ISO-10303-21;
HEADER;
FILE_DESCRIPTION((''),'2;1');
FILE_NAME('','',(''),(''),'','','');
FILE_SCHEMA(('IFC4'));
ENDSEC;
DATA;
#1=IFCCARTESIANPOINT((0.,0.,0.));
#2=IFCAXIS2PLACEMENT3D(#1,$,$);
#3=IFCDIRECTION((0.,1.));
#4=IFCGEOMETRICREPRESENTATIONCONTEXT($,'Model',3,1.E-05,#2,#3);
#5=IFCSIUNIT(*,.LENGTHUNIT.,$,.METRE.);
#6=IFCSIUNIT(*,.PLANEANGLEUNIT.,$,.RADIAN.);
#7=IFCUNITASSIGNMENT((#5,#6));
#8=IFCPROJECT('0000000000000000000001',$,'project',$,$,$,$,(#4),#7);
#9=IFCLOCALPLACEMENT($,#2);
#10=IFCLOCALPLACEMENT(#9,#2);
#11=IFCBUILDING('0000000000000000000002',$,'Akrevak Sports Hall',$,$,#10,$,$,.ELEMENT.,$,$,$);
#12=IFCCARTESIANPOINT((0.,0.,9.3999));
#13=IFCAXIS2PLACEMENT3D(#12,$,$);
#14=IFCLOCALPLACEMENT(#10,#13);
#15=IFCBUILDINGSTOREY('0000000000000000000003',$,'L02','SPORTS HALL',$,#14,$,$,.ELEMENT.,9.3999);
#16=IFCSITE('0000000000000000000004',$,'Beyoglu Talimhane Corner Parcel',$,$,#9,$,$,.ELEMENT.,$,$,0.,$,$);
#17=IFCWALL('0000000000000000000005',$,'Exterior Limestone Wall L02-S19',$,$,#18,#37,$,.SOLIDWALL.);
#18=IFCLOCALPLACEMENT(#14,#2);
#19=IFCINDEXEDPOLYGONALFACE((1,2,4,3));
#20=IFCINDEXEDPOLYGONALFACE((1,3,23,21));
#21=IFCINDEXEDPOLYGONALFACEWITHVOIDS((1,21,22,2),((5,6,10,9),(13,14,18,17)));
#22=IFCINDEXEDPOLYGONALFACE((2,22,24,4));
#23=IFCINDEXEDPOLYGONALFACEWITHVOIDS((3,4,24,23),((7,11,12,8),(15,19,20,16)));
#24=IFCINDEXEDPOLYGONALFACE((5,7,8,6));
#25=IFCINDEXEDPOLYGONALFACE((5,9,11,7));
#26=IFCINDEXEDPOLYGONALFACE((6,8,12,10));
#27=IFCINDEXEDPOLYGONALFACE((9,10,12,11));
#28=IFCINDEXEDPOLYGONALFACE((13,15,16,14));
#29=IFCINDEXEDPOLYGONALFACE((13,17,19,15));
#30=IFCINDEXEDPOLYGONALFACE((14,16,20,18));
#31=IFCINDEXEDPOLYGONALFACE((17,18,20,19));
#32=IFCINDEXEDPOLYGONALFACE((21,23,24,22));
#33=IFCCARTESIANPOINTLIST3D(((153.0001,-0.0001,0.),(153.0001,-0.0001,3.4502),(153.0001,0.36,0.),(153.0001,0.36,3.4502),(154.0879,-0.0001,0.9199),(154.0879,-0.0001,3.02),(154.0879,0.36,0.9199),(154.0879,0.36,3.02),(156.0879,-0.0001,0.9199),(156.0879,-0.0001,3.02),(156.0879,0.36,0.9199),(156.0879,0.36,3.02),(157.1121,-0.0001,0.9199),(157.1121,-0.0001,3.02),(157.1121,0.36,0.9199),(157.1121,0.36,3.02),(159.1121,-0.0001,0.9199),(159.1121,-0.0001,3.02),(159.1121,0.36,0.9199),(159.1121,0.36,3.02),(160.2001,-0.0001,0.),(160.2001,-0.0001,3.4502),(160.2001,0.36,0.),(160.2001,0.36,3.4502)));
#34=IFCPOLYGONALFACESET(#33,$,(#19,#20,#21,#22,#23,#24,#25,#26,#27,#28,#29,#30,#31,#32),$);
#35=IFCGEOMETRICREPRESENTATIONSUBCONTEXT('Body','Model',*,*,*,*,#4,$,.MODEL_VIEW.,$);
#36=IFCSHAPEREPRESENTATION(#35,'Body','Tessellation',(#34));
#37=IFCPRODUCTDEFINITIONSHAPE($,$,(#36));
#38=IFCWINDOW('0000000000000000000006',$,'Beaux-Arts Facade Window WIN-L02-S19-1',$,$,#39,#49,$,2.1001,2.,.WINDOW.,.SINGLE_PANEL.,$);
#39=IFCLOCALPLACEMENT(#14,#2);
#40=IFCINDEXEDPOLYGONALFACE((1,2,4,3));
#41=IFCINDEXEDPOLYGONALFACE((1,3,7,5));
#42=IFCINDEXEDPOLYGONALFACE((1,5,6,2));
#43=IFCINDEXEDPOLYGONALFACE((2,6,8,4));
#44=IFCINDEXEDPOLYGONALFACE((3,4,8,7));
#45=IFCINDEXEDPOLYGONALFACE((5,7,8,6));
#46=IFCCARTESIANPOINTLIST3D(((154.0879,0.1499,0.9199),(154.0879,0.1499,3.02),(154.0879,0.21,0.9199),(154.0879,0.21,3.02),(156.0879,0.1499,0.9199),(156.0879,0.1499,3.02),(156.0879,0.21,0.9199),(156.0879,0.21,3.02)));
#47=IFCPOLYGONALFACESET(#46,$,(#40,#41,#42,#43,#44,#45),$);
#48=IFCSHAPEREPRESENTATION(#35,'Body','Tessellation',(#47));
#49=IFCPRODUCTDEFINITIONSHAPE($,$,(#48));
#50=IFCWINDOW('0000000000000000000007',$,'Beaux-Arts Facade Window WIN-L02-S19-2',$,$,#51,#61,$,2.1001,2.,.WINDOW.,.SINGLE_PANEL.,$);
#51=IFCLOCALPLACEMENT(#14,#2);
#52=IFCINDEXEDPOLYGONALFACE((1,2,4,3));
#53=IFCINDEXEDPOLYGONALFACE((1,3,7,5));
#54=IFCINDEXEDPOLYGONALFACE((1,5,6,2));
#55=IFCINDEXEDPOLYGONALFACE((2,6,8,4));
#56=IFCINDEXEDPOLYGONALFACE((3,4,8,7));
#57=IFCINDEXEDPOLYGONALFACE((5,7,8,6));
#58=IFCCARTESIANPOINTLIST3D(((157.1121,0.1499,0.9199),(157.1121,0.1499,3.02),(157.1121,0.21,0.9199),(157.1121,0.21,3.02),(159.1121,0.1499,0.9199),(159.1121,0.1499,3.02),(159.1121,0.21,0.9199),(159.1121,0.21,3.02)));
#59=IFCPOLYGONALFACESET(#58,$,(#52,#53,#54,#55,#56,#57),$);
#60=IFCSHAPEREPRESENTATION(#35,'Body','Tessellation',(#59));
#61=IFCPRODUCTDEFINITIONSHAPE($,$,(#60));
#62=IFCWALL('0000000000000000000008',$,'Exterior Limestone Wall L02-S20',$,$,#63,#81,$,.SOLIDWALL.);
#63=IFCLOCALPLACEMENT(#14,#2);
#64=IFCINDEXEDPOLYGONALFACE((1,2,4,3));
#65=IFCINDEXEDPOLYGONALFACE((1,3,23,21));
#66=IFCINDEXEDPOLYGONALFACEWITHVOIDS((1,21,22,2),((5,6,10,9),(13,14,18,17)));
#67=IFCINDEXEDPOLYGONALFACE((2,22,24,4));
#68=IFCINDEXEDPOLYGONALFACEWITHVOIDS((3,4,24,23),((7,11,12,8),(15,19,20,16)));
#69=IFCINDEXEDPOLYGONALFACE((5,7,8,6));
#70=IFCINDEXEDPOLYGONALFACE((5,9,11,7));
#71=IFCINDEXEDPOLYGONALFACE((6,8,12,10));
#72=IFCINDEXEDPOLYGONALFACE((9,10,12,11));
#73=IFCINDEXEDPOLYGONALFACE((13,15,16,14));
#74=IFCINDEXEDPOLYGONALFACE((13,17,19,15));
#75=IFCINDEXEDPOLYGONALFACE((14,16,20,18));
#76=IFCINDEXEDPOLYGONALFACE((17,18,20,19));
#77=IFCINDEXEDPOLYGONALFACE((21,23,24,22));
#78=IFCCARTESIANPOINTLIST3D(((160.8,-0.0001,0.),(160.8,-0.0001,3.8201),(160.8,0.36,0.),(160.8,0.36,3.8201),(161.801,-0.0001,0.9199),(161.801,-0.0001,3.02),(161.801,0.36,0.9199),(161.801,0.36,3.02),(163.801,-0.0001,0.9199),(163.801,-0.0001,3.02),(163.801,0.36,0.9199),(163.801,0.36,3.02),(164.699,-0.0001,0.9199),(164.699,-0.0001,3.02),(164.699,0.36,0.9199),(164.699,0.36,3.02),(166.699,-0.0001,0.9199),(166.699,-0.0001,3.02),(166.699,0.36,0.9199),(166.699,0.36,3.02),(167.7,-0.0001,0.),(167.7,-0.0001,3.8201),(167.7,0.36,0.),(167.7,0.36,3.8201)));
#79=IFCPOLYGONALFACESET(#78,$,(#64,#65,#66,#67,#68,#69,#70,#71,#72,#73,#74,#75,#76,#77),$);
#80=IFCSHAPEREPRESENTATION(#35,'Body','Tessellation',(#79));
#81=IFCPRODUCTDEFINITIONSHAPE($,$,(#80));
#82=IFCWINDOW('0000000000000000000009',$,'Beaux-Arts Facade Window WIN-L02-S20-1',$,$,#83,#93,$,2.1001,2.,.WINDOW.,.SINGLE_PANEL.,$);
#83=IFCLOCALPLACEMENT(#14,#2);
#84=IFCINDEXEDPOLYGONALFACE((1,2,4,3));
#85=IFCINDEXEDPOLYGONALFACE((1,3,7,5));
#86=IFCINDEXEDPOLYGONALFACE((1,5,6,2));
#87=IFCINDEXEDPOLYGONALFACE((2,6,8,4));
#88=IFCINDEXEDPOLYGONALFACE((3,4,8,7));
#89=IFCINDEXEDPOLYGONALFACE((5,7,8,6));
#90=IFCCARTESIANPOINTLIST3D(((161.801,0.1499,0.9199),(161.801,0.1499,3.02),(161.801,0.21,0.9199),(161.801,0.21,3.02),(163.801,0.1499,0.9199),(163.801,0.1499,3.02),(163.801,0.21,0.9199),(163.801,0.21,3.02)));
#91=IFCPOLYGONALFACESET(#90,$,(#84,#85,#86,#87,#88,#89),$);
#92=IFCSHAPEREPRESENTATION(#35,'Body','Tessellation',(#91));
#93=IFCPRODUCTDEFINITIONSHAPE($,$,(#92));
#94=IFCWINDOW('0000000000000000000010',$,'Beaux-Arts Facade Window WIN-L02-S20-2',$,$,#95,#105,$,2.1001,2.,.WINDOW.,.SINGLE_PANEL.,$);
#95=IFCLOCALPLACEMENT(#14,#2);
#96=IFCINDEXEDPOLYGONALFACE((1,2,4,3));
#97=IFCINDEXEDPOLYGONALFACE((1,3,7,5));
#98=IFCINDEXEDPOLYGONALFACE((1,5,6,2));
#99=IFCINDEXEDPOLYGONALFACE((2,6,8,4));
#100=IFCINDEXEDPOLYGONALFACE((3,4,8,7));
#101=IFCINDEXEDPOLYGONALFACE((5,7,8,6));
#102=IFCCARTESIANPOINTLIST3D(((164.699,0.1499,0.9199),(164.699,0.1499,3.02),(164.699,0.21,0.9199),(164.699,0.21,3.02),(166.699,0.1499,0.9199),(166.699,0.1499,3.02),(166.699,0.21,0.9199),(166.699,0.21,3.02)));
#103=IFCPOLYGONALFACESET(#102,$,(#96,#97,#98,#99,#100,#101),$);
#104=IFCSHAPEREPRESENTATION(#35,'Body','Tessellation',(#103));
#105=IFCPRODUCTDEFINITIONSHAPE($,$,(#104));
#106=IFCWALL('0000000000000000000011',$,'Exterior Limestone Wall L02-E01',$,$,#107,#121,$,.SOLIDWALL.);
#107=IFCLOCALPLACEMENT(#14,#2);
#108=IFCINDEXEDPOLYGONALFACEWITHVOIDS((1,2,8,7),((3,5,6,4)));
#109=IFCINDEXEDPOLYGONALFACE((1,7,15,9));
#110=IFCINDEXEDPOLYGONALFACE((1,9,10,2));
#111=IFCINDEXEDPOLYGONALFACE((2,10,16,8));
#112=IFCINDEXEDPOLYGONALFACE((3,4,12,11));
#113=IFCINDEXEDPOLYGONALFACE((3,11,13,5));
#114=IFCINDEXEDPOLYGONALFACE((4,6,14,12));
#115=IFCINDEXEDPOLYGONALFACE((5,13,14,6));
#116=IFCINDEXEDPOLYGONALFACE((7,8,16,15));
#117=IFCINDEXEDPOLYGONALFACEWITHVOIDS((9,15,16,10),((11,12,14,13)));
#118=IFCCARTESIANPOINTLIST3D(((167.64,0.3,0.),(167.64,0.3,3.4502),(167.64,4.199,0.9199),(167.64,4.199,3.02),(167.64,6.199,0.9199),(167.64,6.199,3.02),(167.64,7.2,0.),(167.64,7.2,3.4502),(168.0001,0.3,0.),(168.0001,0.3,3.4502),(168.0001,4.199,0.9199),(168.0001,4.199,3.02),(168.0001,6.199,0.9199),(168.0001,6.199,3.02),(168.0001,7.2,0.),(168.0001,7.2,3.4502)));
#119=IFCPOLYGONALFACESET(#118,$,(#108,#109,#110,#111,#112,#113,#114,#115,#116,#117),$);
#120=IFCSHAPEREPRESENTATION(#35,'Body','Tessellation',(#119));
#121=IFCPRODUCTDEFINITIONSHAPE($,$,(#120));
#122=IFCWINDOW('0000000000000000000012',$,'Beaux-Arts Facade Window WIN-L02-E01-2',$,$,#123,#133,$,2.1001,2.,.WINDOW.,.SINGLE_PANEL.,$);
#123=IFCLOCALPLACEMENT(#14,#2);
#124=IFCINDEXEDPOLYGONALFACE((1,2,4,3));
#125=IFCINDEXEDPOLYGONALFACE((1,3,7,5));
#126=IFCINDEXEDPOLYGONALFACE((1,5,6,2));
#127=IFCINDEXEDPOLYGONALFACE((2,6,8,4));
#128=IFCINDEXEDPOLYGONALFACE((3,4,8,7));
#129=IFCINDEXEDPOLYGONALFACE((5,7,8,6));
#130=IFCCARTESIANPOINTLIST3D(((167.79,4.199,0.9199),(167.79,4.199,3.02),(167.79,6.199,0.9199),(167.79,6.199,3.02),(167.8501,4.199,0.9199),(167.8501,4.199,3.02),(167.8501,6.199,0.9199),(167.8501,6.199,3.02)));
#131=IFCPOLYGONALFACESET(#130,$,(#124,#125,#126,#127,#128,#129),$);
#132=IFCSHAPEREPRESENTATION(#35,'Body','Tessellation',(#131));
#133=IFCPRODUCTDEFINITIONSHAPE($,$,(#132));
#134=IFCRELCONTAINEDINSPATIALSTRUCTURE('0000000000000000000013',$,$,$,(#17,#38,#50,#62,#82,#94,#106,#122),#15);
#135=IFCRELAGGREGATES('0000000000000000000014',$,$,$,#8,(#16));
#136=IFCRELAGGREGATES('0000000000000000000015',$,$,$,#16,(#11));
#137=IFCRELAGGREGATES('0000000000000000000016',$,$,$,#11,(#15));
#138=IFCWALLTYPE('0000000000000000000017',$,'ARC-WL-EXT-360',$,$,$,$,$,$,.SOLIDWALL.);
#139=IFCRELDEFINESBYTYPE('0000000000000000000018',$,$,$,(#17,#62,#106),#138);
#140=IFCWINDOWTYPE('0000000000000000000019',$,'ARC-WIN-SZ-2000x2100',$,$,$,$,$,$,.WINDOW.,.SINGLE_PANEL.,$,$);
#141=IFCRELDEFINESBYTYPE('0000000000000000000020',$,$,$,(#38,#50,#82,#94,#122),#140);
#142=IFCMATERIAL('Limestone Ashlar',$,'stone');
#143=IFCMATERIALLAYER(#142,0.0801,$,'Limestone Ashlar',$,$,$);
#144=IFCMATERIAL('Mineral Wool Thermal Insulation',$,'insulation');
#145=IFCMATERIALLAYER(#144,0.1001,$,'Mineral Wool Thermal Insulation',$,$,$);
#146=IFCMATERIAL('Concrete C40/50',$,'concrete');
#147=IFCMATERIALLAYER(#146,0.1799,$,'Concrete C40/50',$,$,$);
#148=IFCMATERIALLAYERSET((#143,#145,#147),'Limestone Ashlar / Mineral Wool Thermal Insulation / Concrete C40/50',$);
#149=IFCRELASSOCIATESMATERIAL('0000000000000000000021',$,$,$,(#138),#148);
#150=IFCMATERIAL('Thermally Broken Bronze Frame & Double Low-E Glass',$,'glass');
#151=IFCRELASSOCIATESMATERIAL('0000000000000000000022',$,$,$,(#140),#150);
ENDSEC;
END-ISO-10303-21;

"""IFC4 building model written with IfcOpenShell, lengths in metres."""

from ifc_helpers import new_model, si_unit, direction, frame, frame_2d, origin, place, context, subcontext, project, spatial, rectangle, extrude, material, layer, layer_set, type_object, element, fill, save


model = new_model("IFC4")

# Units and contexts
model_context = context("Model", 3, precision=1e-05, world=origin(), true_north=direction((0.0, 1.0)))
body_context = subcontext(model_context, "Body", "Model", "MODEL_VIEW")
ifc_project = project(units=[si_unit("LENGTHUNIT", "METRE"), si_unit("PLANEANGLEUNIT", "RADIAN")], contexts=[model_context])

# Site, building, storey
site_placement = place(None, origin())
site = spatial("IfcSite", under=ifc_project, at=site_placement, Name="Beyoglu Talimhane Corner Parcel", CompositionType="ELEMENT", RefElevation=0.0)
building_placement = place(site_placement, origin())
building = spatial("IfcBuilding", under=site, at=building_placement, Name="Akrevak Sports Hall", CompositionType="ELEMENT")
storey_placement = place(building_placement, frame((0.0, 0.0, 9.3999)))
storey = spatial("IfcBuildingStorey", under=building, at=storey_placement, Name="L02", Description="SPORTS HALL", CompositionType="ELEMENT", Elevation=9.3999)

# Shared definitions
ifc_material_1 = material(Name="Concrete C40/50", Category="concrete")

# Walls, openings, windows
ifc_material_2 = material(Name="Limestone Ashlar", Category="stone")
ifc_layer_1 = layer(ifc_material_2, 0.0801, Name="Limestone Ashlar")
ifc_material_3 = material(Name="Mineral Wool Thermal Insulation", Category="insulation")
ifc_layer_2 = layer(ifc_material_3, 0.1001, Name="Mineral Wool Thermal Insulation")
ifc_layer_3 = layer(ifc_material_1, 0.1799, Name="Concrete C40/50")
ifc_layer_set_1 = layer_set([ifc_layer_1, ifc_layer_2, ifc_layer_3], Name="Limestone Ashlar / Mineral Wool Thermal Insulation / Concrete C40/50")
wall_type_1 = type_object("IfcWallType", Name="ARC-WL-EXT-360", PredefinedType="SOLIDWALL", material=ifc_layer_set_1)
wall_1_placement = place(storey_placement, frame((153.0, 0.1799, 0.0), z_axis=(0.0, 0.0, 1.0), x_axis=(1.0, 0.0, 0.0)))
wall_1 = element("IfcWall", 1, at=wall_1_placement, inside=storey, type_object=wall_type_1, Name="Exterior Limestone Wall L02-S19", PredefinedType="SOLIDWALL", context=body_context, shape_type="SweptSolid", body=[
    extrude(rectangle(XDim=7.2, YDim=0.3601, at=frame_2d((3.6001, 0.0))), origin(), (0.0, 0.0, 1.0), 3.4502),
])
opening_1_placement = place(wall_1_placement, frame((1.0879, 0.0, 0.9199)))
opening_1 = element("IfcOpeningElement", 2, at=opening_1_placement, cuts=wall_1, PredefinedType="OPENING", context=body_context, shape_type="SweptSolid", body=[
    extrude(rectangle(XDim=2.0, YDim=2.1001, at=frame_2d((1.0, 1.05))), frame((0.0, 0.1919, 0.0), z_axis=(0.0, -1.0, 0.0), x_axis=(1.0, 0.0, 0.0)), (0.0, 0.0, 1.0), 0.384),
])
opening_2_placement = place(wall_1_placement, frame((4.1121, 0.0, 0.9199)))
opening_2 = element("IfcOpeningElement", 3, at=opening_2_placement, cuts=wall_1, PredefinedType="OPENING", context=body_context, shape_type="SweptSolid", body=[
    extrude(rectangle(XDim=2.0, YDim=2.1001, at=frame_2d((1.0, 1.05))), frame((0.0, 0.1919, 0.0), z_axis=(0.0, -1.0, 0.0), x_axis=(1.0, 0.0, 0.0)), (0.0, 0.0, 1.0), 0.384),
])
ifc_material_4 = material(Name="Thermally Broken Bronze Frame & Double Low-E Glass", Category="glass")
window_type_1 = type_object("IfcWindowType", Name="ARC-WIN-SZ-2000x2100", PartitioningType="SINGLE_PANEL", PredefinedType="WINDOW", material=ifc_material_4)
window_1_placement = place(opening_1_placement, origin())
window_1 = element("IfcWindow", 4, at=window_1_placement, inside=storey, type_object=window_type_1, Name="Beaux-Arts Facade Window WIN-L02-S19-1", OverallHeight=2.1001, OverallWidth=2.0, PartitioningType="SINGLE_PANEL", PredefinedType="WINDOW", context=body_context, shape_type="SweptSolid", body=[
    extrude(rectangle(XDim=2.0, YDim=2.1001, at=frame_2d((1.0, 1.05))), frame((0.0, 0.03, 0.0), z_axis=(0.0, -1.0, 0.0), x_axis=(1.0, 0.0, 0.0)), (0.0, 0.0, 1.0), 0.0601),
])
fill(opening_1, window_1)
window_2_placement = place(opening_2_placement, origin())
window_2 = element("IfcWindow", 5, at=window_2_placement, inside=storey, type_object=window_type_1, Name="Beaux-Arts Facade Window WIN-L02-S19-2", OverallHeight=2.1001, OverallWidth=2.0, PartitioningType="SINGLE_PANEL", PredefinedType="WINDOW", context=body_context, shape_type="SweptSolid", body=[
    extrude(rectangle(XDim=2.0, YDim=2.1001, at=frame_2d((1.0, 1.05))), frame((0.0, 0.03, 0.0), z_axis=(0.0, -1.0, 0.0), x_axis=(1.0, 0.0, 0.0)), (0.0, 0.0, 1.0), 0.0601),
])
fill(opening_2, window_2)
wall_2_placement = place(storey_placement, frame((160.8, 0.1799, 0.0), z_axis=(0.0, 0.0, 1.0), x_axis=(1.0, 0.0, 0.0)))
wall_2 = element("IfcWall", 6, at=wall_2_placement, inside=storey, type_object=wall_type_1, Name="Exterior Limestone Wall L02-S20", PredefinedType="SOLIDWALL", context=body_context, shape_type="SweptSolid", body=[
    extrude(rectangle(XDim=6.8999, YDim=0.3601, at=frame_2d((3.45, 0.0))), origin(), (0.0, 0.0, 1.0), 3.8201),
])
opening_3_placement = place(wall_2_placement, frame((1.001, 0.0, 0.9199)))
opening_3 = element("IfcOpeningElement", 7, at=opening_3_placement, cuts=wall_2, PredefinedType="OPENING", context=body_context, shape_type="SweptSolid", body=[
    extrude(rectangle(XDim=2.0, YDim=2.1001, at=frame_2d((1.0, 1.05))), frame((0.0, 0.1919, 0.0), z_axis=(0.0, -1.0, 0.0), x_axis=(1.0, 0.0, 0.0)), (0.0, 0.0, 1.0), 0.384),
])
opening_4_placement = place(wall_2_placement, frame((3.8989, 0.0, 0.9199)))
opening_4 = element("IfcOpeningElement", 8, at=opening_4_placement, cuts=wall_2, PredefinedType="OPENING", context=body_context, shape_type="SweptSolid", body=[
    extrude(rectangle(XDim=2.0, YDim=2.1001, at=frame_2d((1.0, 1.05))), frame((0.0, 0.1919, 0.0), z_axis=(0.0, -1.0, 0.0), x_axis=(1.0, 0.0, 0.0)), (0.0, 0.0, 1.0), 0.384),
])
window_3_placement = place(opening_3_placement, origin())
window_3 = element("IfcWindow", 9, at=window_3_placement, inside=storey, type_object=window_type_1, Name="Beaux-Arts Facade Window WIN-L02-S20-1", OverallHeight=2.1001, OverallWidth=2.0, PartitioningType="SINGLE_PANEL", PredefinedType="WINDOW", context=body_context, shape_type="SweptSolid", body=[
    extrude(rectangle(XDim=2.0, YDim=2.1001, at=frame_2d((1.0, 1.05))), frame((0.0, 0.03, 0.0), z_axis=(0.0, -1.0, 0.0), x_axis=(1.0, 0.0, 0.0)), (0.0, 0.0, 1.0), 0.0601),
])
fill(opening_3, window_3)
window_4_placement = place(opening_4_placement, origin())
window_4 = element("IfcWindow", 10, at=window_4_placement, inside=storey, type_object=window_type_1, Name="Beaux-Arts Facade Window WIN-L02-S20-2", OverallHeight=2.1001, OverallWidth=2.0, PartitioningType="SINGLE_PANEL", PredefinedType="WINDOW", context=body_context, shape_type="SweptSolid", body=[
    extrude(rectangle(XDim=2.0, YDim=2.1001, at=frame_2d((1.0, 1.05))), frame((0.0, 0.03, 0.0), z_axis=(0.0, -1.0, 0.0), x_axis=(1.0, 0.0, 0.0)), (0.0, 0.0, 1.0), 0.0601),
])
fill(opening_4, window_4)

# Wall, opening, window
wall_3_placement = place(storey_placement, frame((167.8201, 0.3, 0.0), z_axis=(0.0, 0.0, 1.0), x_axis=(0.0, 1.0, 0.0)))
wall_3 = element("IfcWall", 11, at=wall_3_placement, inside=storey, type_object=wall_type_1, Name="Exterior Limestone Wall L02-E01", PredefinedType="SOLIDWALL", context=body_context, shape_type="SweptSolid", body=[
    extrude(rectangle(XDim=6.8999, YDim=0.3601, at=frame_2d((3.45, 0.0))), origin(), (0.0, 0.0, 1.0), 3.4502),
])
opening_5_placement = place(wall_3_placement, frame((3.8989, 0.0, 0.9199)))
opening_5 = element("IfcOpeningElement", 12, at=opening_5_placement, cuts=wall_3, PredefinedType="OPENING", context=body_context, shape_type="SweptSolid", body=[
    extrude(rectangle(XDim=2.0, YDim=2.1001, at=frame_2d((1.0, 1.05))), frame((0.0, 0.1919, 0.0), z_axis=(0.0, -1.0, 0.0), x_axis=(1.0, 0.0, 0.0)), (0.0, 0.0, 1.0), 0.384),
])
window_5_placement = place(opening_5_placement, origin())
window_5 = element("IfcWindow", 13, at=window_5_placement, inside=storey, type_object=window_type_1, Name="Beaux-Arts Facade Window WIN-L02-E01-2", OverallHeight=2.1001, OverallWidth=2.0, PartitioningType="SINGLE_PANEL", PredefinedType="WINDOW", context=body_context, shape_type="SweptSolid", body=[
    extrude(rectangle(XDim=2.0, YDim=2.1001, at=frame_2d((1.0, 1.05))), frame((0.0, 0.03, 0.0), z_axis=(0.0, -1.0, 0.0), x_axis=(1.0, 0.0, 0.0)), (0.0, 0.0, 1.0), 0.0601),
])
fill(opening_5, window_5)

save(model, "model.ifc")
